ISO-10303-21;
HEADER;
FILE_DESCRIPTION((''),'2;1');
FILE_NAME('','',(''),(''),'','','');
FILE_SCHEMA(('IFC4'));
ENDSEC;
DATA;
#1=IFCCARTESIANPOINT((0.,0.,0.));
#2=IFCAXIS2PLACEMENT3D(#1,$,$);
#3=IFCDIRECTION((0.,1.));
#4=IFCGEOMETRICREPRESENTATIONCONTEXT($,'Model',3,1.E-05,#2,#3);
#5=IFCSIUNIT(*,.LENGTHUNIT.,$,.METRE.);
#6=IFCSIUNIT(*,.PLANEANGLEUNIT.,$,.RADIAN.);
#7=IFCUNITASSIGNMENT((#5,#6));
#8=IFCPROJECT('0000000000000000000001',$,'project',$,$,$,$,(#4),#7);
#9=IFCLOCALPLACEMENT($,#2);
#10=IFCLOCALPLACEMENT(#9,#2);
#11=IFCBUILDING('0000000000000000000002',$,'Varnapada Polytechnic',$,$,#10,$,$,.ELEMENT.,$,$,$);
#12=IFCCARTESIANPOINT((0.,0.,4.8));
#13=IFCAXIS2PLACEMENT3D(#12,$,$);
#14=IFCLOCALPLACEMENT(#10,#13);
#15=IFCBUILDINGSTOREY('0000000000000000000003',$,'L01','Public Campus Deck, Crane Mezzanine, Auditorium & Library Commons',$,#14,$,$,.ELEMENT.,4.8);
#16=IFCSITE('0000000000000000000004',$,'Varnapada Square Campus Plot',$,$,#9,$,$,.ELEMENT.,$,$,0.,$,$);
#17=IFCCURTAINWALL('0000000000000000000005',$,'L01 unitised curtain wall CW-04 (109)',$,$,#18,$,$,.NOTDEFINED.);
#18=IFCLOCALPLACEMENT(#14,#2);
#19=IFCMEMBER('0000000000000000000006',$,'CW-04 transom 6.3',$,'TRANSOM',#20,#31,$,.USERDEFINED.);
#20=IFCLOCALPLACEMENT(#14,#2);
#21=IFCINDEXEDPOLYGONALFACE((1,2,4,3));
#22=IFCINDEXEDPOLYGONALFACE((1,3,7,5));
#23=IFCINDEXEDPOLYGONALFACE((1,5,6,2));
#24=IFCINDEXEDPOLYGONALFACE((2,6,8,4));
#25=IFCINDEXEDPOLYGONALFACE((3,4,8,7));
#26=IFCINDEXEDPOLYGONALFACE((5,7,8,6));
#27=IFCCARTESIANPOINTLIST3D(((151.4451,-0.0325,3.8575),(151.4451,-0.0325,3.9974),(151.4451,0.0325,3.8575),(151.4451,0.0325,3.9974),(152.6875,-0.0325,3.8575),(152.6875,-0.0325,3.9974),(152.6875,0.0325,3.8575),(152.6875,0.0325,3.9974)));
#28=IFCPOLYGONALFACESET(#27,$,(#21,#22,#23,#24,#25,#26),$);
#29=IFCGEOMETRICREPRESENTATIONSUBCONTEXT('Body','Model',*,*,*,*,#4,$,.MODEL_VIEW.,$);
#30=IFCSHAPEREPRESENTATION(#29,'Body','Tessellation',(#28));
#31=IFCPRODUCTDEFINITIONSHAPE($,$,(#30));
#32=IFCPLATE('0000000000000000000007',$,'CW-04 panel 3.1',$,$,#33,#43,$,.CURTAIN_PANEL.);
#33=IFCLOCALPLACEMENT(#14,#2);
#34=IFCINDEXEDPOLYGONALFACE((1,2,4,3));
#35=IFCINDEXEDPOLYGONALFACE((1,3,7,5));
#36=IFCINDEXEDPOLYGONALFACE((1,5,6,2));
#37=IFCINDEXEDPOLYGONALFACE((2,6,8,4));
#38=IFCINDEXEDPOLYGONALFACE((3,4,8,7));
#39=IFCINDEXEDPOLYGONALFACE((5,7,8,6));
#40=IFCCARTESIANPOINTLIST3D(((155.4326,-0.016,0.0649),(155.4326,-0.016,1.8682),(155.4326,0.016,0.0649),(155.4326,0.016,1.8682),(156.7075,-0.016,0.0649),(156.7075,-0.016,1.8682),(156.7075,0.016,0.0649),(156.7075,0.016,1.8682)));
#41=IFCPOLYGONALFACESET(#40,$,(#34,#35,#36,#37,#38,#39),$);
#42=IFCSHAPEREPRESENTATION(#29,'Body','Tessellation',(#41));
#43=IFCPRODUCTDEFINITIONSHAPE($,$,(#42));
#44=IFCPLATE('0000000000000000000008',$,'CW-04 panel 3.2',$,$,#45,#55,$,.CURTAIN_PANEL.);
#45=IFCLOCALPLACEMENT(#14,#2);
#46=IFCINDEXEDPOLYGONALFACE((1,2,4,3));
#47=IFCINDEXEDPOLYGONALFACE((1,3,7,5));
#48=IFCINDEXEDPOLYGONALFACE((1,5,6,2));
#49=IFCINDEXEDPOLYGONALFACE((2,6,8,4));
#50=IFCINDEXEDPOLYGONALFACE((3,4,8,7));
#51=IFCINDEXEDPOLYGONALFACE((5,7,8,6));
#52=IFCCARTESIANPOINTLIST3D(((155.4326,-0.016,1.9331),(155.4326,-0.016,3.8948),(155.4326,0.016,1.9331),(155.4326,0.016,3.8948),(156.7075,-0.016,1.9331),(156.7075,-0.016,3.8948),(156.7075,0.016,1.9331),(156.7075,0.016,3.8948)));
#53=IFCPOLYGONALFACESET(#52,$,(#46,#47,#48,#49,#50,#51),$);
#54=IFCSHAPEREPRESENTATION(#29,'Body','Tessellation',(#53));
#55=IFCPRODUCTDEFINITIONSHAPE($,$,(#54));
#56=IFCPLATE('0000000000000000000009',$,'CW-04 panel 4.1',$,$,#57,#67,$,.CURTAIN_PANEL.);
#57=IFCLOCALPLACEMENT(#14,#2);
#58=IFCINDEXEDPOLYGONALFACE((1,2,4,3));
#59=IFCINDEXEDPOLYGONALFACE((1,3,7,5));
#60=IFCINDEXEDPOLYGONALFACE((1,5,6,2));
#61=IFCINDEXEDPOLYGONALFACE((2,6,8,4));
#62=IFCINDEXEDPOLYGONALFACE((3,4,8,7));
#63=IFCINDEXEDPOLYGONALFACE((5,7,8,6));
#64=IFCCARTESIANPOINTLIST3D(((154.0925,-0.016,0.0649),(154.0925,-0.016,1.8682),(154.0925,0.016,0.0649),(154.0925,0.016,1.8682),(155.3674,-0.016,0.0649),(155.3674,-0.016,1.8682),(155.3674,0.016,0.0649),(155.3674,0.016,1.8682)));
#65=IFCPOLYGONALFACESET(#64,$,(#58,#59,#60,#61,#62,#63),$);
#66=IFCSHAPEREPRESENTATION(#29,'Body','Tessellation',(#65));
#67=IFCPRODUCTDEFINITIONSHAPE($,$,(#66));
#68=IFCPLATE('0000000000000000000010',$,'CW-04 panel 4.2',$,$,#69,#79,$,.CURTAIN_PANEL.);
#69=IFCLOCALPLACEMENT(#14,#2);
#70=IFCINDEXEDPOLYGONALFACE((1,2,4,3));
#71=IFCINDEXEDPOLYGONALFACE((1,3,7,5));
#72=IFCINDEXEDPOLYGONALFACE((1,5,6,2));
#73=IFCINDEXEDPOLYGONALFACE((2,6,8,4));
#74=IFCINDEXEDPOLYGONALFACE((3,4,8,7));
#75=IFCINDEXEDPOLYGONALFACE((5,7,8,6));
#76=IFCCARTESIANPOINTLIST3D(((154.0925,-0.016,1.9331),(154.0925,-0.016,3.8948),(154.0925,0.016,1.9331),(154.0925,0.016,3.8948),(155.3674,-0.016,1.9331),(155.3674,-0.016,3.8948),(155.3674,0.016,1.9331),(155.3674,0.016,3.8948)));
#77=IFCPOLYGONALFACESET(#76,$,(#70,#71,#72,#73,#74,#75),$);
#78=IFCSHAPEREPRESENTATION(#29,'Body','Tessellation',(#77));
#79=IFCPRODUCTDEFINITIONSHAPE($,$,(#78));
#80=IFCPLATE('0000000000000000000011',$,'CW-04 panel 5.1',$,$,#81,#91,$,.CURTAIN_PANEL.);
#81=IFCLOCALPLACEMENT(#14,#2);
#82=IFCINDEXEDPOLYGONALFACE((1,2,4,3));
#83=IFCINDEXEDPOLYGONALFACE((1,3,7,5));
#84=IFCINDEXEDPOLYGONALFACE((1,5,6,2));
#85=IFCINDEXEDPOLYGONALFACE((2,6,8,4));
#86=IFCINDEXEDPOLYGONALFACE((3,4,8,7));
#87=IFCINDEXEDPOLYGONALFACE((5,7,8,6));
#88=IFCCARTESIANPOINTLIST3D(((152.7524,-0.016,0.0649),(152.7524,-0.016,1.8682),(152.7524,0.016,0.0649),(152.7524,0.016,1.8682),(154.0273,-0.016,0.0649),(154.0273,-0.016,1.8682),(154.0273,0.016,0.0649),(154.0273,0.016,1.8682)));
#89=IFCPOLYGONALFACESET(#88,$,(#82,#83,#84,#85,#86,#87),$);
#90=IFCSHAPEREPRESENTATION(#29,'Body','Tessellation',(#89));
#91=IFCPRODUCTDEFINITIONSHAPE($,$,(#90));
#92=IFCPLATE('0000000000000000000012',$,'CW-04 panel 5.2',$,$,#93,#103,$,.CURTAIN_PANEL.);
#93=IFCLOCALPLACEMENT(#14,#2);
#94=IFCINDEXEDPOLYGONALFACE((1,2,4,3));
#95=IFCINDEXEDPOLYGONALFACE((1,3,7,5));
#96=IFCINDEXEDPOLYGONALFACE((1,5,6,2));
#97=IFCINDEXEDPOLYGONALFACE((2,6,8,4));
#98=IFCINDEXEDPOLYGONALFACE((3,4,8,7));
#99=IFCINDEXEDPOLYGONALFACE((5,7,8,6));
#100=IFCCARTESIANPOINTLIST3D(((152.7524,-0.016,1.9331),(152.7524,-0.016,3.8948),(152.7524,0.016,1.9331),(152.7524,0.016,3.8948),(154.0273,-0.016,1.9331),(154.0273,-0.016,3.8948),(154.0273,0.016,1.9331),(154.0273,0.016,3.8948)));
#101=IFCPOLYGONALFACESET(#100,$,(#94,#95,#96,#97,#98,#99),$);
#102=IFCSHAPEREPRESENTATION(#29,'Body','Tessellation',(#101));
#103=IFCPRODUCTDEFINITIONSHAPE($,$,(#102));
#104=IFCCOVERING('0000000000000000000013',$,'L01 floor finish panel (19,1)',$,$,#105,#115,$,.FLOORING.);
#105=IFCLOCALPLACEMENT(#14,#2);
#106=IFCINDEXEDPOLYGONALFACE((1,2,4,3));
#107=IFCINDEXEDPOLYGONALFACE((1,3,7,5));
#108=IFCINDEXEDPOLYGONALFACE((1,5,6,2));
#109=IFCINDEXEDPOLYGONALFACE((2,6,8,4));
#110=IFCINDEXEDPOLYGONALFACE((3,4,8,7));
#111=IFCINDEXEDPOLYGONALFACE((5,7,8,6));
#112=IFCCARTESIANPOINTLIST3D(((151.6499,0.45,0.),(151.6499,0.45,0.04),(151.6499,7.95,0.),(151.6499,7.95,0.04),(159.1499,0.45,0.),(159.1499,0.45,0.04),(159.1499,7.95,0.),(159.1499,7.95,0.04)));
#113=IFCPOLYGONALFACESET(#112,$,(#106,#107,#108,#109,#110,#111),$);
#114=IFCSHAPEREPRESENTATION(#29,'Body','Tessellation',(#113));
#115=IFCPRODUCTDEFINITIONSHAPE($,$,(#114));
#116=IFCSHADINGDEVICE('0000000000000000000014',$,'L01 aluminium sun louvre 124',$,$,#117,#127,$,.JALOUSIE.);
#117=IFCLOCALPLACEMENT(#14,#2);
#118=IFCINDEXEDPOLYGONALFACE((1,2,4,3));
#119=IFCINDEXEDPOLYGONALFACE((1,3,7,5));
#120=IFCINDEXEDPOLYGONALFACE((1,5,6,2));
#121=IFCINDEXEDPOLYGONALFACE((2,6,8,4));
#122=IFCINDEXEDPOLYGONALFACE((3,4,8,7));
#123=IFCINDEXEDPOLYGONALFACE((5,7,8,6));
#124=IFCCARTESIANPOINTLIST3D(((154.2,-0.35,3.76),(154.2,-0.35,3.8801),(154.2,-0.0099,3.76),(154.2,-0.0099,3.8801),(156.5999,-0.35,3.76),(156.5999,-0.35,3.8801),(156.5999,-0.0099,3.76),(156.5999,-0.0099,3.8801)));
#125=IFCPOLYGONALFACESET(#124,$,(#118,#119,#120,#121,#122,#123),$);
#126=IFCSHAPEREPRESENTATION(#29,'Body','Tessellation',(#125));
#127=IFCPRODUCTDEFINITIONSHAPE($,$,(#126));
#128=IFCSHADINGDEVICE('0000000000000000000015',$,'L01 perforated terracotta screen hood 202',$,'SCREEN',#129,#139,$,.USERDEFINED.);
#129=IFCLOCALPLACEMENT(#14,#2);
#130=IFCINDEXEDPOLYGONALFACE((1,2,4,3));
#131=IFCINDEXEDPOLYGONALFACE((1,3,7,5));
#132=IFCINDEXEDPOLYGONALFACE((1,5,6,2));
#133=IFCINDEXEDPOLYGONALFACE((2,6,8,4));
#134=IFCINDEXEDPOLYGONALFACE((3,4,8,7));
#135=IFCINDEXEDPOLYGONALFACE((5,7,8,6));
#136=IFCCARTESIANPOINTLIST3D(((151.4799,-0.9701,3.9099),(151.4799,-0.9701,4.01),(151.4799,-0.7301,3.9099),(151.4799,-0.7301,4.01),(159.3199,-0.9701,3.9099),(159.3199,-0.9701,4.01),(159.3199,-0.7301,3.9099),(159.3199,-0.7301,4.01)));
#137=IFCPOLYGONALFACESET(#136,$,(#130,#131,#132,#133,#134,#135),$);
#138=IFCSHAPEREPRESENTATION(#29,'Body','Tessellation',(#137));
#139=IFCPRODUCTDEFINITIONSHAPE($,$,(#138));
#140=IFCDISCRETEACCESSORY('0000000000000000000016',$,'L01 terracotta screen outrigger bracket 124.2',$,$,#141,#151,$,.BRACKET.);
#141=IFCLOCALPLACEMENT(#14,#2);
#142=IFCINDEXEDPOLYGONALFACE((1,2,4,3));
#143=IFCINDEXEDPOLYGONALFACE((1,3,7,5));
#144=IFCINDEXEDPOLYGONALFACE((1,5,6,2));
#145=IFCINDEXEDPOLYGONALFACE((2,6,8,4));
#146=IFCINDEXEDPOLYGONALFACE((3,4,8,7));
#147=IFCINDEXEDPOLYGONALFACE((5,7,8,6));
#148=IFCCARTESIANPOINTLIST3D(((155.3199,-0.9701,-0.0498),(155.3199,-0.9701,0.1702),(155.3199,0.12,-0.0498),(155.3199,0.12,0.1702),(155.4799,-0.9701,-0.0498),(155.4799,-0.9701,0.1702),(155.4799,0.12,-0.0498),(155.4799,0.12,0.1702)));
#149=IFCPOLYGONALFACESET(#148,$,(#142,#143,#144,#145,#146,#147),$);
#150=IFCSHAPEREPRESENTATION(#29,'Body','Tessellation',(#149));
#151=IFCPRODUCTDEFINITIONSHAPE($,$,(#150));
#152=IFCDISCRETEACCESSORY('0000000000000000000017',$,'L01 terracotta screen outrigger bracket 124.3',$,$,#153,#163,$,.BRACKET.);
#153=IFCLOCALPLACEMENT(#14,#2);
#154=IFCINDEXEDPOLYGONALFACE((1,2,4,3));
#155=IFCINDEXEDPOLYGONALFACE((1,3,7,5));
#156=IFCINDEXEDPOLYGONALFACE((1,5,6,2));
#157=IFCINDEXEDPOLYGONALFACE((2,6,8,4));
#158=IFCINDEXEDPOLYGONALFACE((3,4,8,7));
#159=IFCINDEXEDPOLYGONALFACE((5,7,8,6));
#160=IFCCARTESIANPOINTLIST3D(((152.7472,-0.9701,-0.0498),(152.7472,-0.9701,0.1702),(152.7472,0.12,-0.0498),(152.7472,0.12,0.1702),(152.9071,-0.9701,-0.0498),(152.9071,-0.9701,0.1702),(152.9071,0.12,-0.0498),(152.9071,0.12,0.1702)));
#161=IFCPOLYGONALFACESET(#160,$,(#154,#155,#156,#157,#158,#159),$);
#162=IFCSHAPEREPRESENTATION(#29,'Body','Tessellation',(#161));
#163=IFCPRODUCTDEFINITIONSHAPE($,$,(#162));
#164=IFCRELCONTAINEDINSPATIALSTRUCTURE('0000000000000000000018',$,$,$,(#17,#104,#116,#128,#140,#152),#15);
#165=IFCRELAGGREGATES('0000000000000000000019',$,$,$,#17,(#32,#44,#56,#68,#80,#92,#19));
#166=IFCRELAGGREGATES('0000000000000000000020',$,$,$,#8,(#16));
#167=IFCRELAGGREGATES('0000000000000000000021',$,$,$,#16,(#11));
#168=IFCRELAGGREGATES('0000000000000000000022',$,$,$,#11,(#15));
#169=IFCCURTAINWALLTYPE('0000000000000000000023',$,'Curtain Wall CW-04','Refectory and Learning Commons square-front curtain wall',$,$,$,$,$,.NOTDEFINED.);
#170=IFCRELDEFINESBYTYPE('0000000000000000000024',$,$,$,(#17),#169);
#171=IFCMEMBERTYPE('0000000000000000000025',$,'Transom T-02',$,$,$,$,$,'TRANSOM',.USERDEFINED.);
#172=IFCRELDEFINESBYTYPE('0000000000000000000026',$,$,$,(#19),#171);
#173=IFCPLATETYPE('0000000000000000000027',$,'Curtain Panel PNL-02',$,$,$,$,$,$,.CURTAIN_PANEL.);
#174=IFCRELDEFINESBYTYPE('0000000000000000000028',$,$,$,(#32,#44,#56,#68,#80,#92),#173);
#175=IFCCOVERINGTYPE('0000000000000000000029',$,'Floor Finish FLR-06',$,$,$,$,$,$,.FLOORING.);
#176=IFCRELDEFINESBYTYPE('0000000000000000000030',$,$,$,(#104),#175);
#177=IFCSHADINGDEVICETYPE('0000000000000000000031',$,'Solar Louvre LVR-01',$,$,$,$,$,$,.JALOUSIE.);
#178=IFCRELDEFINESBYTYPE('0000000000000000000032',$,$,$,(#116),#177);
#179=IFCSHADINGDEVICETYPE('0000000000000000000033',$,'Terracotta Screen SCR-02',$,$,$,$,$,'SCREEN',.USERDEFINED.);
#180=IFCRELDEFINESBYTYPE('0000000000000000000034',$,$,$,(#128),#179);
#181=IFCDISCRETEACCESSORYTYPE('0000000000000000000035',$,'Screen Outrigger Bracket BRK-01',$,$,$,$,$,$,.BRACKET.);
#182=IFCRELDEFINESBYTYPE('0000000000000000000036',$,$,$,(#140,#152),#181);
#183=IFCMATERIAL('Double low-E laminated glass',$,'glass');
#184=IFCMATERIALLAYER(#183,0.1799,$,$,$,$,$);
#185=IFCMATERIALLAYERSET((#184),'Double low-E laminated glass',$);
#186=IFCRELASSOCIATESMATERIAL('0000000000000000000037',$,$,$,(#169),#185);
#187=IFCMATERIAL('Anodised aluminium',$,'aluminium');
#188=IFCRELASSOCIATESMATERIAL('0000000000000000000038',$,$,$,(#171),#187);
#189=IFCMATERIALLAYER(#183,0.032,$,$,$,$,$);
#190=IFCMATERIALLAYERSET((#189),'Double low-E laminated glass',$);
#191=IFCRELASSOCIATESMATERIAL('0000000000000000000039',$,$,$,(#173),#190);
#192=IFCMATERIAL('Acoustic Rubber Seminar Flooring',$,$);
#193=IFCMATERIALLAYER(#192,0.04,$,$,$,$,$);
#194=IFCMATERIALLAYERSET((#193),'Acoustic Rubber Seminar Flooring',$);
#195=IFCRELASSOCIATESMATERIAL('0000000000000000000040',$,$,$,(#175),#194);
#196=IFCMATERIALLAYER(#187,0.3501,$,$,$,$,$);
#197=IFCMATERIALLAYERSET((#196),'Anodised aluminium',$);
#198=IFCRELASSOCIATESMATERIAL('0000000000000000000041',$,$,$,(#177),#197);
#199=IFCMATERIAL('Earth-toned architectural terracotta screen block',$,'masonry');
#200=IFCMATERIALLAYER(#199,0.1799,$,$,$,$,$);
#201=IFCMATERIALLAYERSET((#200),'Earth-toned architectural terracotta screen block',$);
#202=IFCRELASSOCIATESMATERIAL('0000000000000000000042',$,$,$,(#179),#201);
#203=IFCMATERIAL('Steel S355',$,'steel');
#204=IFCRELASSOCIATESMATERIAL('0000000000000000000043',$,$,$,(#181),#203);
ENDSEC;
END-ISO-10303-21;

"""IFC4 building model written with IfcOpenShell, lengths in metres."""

from ifc_helpers import new_model, si_unit, direction, frame, origin, origin_2d, place, context, subcontext, project, spatial, rectangle, extrude, material, layer, layer_set, material_profile, profile_set, type_object, element, aggregate, save


model = new_model("IFC4")

# Units and contexts
model_context = context("Model", 3, precision=1e-05, world=origin(), true_north=direction((0.0, 1.0)))
body_context = subcontext(model_context, "Body", "Model", "MODEL_VIEW")
ifc_project = project(units=[si_unit("LENGTHUNIT", "METRE"), si_unit("PLANEANGLEUNIT", "RADIAN")], contexts=[model_context])

# Site, building, storey
site_placement = place(None, origin())
site = spatial("IfcSite", under=ifc_project, at=site_placement, Name="Varnapada Square Campus Plot", CompositionType="ELEMENT", RefElevation=0.0)
building_placement = place(site_placement, origin())
building = spatial("IfcBuilding", under=site, at=building_placement, Name="Varnapada Polytechnic", CompositionType="ELEMENT")
storey_placement = place(building_placement, frame((0.0, 0.0, 4.8)))
storey = spatial("IfcBuildingStorey", under=building, at=storey_placement, Name="L01", Description="Public Campus Deck, Crane Mezzanine, Auditorium & Library Commons", CompositionType="ELEMENT", Elevation=4.8)

# Curtain wall, member, plates
ifc_material_1 = material(Name="Double low-E laminated glass", Category="glass")
ifc_layer_1 = layer(ifc_material_1, 0.1799)
ifc_layer_set_1 = layer_set([ifc_layer_1], Name="Double low-E laminated glass")
curtain_wall_type = type_object("IfcCurtainWallType", Name="Curtain Wall CW-04", Description="Refectory and Learning Commons square-front curtain wall", PredefinedType="NOTDEFINED", material=ifc_layer_set_1)
curtain_wall_placement = place(storey_placement, origin())
curtain_wall = element("IfcCurtainWall", 1, at=curtain_wall_placement, inside=storey, type_object=curtain_wall_type, Name="L01 unitised curtain wall CW-04 (109)", PredefinedType="NOTDEFINED")
ifc_material_2 = material(Name="Anodised aluminium", Category="aluminium")
ifc_material_profile_1 = material_profile(ifc_material_2, rectangle(XDim=0.0649, YDim=0.1399, at=origin_2d()), Name="ALU T65x140")
ifc_profile_set_1 = profile_set([ifc_material_profile_1], Name="Anodised aluminium")
member_type_1 = type_object("IfcMemberType", Name="Transom T-02", ElementType="TRANSOM", PredefinedType="USERDEFINED", material=ifc_profile_set_1)
member_1_placement = place(storey_placement, frame((152.6875, 0.0, 3.9275), z_axis=(-1.0, 0.0, 0.0), x_axis=(0.0, -1.0, 0.0)))
member_1 = element("IfcMember", 2, at=member_1_placement, type_object=member_type_1, Name="CW-04 transom 6.3", ObjectType="TRANSOM", PredefinedType="USERDEFINED", context=body_context, shape_type="SweptSolid", body=[
    extrude(rectangle(XDim=0.0649, YDim=0.1399, at=origin_2d()), origin(), (0.0, 0.0, 1.0), 1.2424),
])
ifc_layer_2 = layer(ifc_material_1, 0.032)
ifc_layer_set_2 = layer_set([ifc_layer_2], Name="Double low-E laminated glass")
plate_type = type_object("IfcPlateType", Name="Curtain Panel PNL-02", PredefinedType="CURTAIN_PANEL", material=ifc_layer_set_2)
plate_1_placement = place(storey_placement, frame((156.0701, 0.0, 0.0649), z_axis=(0.0, 0.0, 1.0), x_axis=(-1.0, 0.0, 0.0)))
plate_1 = element("IfcPlate", 3, at=plate_1_placement, type_object=plate_type, Name="CW-04 panel 3.1", PredefinedType="CURTAIN_PANEL", context=body_context, shape_type="SweptSolid", body=[
    extrude(rectangle(XDim=1.2749, YDim=0.032, at=origin_2d()), origin(), (0.0, 0.0, 1.0), 1.8032),
])
plate_2_placement = place(storey_placement, frame((156.0701, 0.0, 1.9331), z_axis=(0.0, 0.0, 1.0), x_axis=(-1.0, 0.0, 0.0)))
plate_2 = element("IfcPlate", 4, at=plate_2_placement, type_object=plate_type, Name="CW-04 panel 3.2", PredefinedType="CURTAIN_PANEL", context=body_context, shape_type="SweptSolid", body=[
    extrude(rectangle(XDim=1.2749, YDim=0.032, at=origin_2d()), origin(), (0.0, 0.0, 1.0), 1.9617),
])
plate_3_placement = place(storey_placement, frame((154.73, 0.0, 0.0649), z_axis=(0.0, 0.0, 1.0), x_axis=(-1.0, 0.0, 0.0)))
plate_3 = element("IfcPlate", 5, at=plate_3_placement, type_object=plate_type, Name="CW-04 panel 4.1", PredefinedType="CURTAIN_PANEL", context=body_context, shape_type="SweptSolid", body=[
    extrude(rectangle(XDim=1.2749, YDim=0.032, at=origin_2d()), origin(), (0.0, 0.0, 1.0), 1.8032),
])
plate_4_placement = place(storey_placement, frame((154.73, 0.0, 1.9331), z_axis=(0.0, 0.0, 1.0), x_axis=(-1.0, 0.0, 0.0)))
plate_4 = element("IfcPlate", 6, at=plate_4_placement, type_object=plate_type, Name="CW-04 panel 4.2", PredefinedType="CURTAIN_PANEL", context=body_context, shape_type="SweptSolid", body=[
    extrude(rectangle(XDim=1.2749, YDim=0.032, at=origin_2d()), origin(), (0.0, 0.0, 1.0), 1.9617),
])
plate_5_placement = place(storey_placement, frame((153.3899, 0.0, 0.0649), z_axis=(0.0, 0.0, 1.0), x_axis=(-1.0, 0.0, 0.0)))
plate_5 = element("IfcPlate", 7, at=plate_5_placement, type_object=plate_type, Name="CW-04 panel 5.1", PredefinedType="CURTAIN_PANEL", context=body_context, shape_type="SweptSolid", body=[
    extrude(rectangle(XDim=1.2749, YDim=0.032, at=origin_2d()), origin(), (0.0, 0.0, 1.0), 1.8032),
])
plate_6_placement = place(storey_placement, frame((153.3899, 0.0, 1.9331), z_axis=(0.0, 0.0, 1.0), x_axis=(-1.0, 0.0, 0.0)))
plate_6 = element("IfcPlate", 8, at=plate_6_placement, type_object=plate_type, Name="CW-04 panel 5.2", PredefinedType="CURTAIN_PANEL", context=body_context, shape_type="SweptSolid", body=[
    extrude(rectangle(XDim=1.2749, YDim=0.032, at=origin_2d()), origin(), (0.0, 0.0, 1.0), 1.9617),
])
aggregate(curtain_wall, [plate_1, plate_2, plate_3, plate_4, plate_5, plate_6, member_1])

# Covering
ifc_material_3 = material(Name="Acoustic Rubber Seminar Flooring")
ifc_layer_3 = layer(ifc_material_3, 0.04)
ifc_layer_set_3 = layer_set([ifc_layer_3], Name="Acoustic Rubber Seminar Flooring")
covering_type = type_object("IfcCoveringType", Name="Floor Finish FLR-06", PredefinedType="FLOORING", material=ifc_layer_set_3)
covering_placement = place(storey_placement, frame((155.3999, 4.2, 0.0), z_axis=(0.0, 0.0, 1.0), x_axis=(1.0, 0.0, 0.0)))
element("IfcCovering", 9, at=covering_placement, inside=storey, type_object=covering_type, Name="L01 floor finish panel (19,1)", PredefinedType="FLOORING", context=body_context, shape_type="SweptSolid", body=[
    extrude(rectangle(XDim=7.5, YDim=7.5, at=origin_2d()), origin(), (0.0, 0.0, 1.0), 0.04),
])

# Shading devices
ifc_layer_4 = layer(ifc_material_2, 0.3501)
ifc_layer_set_4 = layer_set([ifc_layer_4], Name="Anodised aluminium")
shading_device_type_1 = type_object("IfcShadingDeviceType", Name="Solar Louvre LVR-01", PredefinedType="JALOUSIE", material=ifc_layer_set_4)
shading_device_1_placement = place(storey_placement, frame((155.3999, -0.1799, 3.76), z_axis=(0.0, 0.0, 1.0), x_axis=(-1.0, 0.0, 0.0)))
element("IfcShadingDevice", 10, at=shading_device_1_placement, inside=storey, type_object=shading_device_type_1, Name="L01 aluminium sun louvre 124", PredefinedType="JALOUSIE", context=body_context, shape_type="SweptSolid", body=[
    extrude(rectangle(XDim=2.3999, YDim=0.3401, at=origin_2d()), origin(), (0.0, 0.0, 1.0), 0.1201),
])
ifc_material_4 = material(Name="Earth-toned architectural terracotta screen block", Category="masonry")
ifc_layer_5 = layer(ifc_material_4, 0.1799)
ifc_layer_set_5 = layer_set([ifc_layer_5], Name="Earth-toned architectural terracotta screen block")
shading_device_type_2 = type_object("IfcShadingDeviceType", Name="Terracotta Screen SCR-02", ElementType="SCREEN", PredefinedType="USERDEFINED", material=ifc_layer_set_5)
shading_device_2_placement = place(storey_placement, frame((155.3999, -0.8501, 3.9099), z_axis=(0.0, 0.0, 1.0), x_axis=(-1.0, 0.0, 0.0)))
element("IfcShadingDevice", 11, at=shading_device_2_placement, inside=storey, type_object=shading_device_type_2, Name="L01 perforated terracotta screen hood 202", ObjectType="SCREEN", PredefinedType="USERDEFINED", context=body_context, shape_type="SweptSolid", body=[
    extrude(rectangle(XDim=7.8401, YDim=0.24, at=origin_2d()), origin(), (0.0, 0.0, 1.0), 0.1001),
])

# Discrete accessories
ifc_material_5 = material(Name="Steel S355", Category="steel")
discrete_accessory_type = type_object("IfcDiscreteAccessoryType", Name="Screen Outrigger Bracket BRK-01", PredefinedType="BRACKET", material=ifc_material_5)
for number, where, z_axis, x_axis, name in (
    (12, (155.3999, -0.425, -0.0498), (0.0, 0.0, 1.0), (-1.0, 0.0, 0.0), "L01 terracotta screen outrigger bracket 124.2"),
    (13, (152.8271, -0.425, -0.0498), (0.0, 0.0, 1.0), (-1.0, 0.0, 0.0), "L01 terracotta screen outrigger bracket 124.3"),
):
    element("IfcDiscreteAccessory", number, at=place(storey_placement, frame(where, z_axis=z_axis, x_axis=x_axis)), inside=storey, type_object=discrete_accessory_type, Name=name, PredefinedType="BRACKET", context=body_context, shape_type="SweptSolid", body=[
        extrude(rectangle(XDim=0.1599, YDim=1.0901, at=origin_2d()), origin(), (0.0, 0.0, 1.0), 0.22),
    ])

save(model, "model.ifc")
